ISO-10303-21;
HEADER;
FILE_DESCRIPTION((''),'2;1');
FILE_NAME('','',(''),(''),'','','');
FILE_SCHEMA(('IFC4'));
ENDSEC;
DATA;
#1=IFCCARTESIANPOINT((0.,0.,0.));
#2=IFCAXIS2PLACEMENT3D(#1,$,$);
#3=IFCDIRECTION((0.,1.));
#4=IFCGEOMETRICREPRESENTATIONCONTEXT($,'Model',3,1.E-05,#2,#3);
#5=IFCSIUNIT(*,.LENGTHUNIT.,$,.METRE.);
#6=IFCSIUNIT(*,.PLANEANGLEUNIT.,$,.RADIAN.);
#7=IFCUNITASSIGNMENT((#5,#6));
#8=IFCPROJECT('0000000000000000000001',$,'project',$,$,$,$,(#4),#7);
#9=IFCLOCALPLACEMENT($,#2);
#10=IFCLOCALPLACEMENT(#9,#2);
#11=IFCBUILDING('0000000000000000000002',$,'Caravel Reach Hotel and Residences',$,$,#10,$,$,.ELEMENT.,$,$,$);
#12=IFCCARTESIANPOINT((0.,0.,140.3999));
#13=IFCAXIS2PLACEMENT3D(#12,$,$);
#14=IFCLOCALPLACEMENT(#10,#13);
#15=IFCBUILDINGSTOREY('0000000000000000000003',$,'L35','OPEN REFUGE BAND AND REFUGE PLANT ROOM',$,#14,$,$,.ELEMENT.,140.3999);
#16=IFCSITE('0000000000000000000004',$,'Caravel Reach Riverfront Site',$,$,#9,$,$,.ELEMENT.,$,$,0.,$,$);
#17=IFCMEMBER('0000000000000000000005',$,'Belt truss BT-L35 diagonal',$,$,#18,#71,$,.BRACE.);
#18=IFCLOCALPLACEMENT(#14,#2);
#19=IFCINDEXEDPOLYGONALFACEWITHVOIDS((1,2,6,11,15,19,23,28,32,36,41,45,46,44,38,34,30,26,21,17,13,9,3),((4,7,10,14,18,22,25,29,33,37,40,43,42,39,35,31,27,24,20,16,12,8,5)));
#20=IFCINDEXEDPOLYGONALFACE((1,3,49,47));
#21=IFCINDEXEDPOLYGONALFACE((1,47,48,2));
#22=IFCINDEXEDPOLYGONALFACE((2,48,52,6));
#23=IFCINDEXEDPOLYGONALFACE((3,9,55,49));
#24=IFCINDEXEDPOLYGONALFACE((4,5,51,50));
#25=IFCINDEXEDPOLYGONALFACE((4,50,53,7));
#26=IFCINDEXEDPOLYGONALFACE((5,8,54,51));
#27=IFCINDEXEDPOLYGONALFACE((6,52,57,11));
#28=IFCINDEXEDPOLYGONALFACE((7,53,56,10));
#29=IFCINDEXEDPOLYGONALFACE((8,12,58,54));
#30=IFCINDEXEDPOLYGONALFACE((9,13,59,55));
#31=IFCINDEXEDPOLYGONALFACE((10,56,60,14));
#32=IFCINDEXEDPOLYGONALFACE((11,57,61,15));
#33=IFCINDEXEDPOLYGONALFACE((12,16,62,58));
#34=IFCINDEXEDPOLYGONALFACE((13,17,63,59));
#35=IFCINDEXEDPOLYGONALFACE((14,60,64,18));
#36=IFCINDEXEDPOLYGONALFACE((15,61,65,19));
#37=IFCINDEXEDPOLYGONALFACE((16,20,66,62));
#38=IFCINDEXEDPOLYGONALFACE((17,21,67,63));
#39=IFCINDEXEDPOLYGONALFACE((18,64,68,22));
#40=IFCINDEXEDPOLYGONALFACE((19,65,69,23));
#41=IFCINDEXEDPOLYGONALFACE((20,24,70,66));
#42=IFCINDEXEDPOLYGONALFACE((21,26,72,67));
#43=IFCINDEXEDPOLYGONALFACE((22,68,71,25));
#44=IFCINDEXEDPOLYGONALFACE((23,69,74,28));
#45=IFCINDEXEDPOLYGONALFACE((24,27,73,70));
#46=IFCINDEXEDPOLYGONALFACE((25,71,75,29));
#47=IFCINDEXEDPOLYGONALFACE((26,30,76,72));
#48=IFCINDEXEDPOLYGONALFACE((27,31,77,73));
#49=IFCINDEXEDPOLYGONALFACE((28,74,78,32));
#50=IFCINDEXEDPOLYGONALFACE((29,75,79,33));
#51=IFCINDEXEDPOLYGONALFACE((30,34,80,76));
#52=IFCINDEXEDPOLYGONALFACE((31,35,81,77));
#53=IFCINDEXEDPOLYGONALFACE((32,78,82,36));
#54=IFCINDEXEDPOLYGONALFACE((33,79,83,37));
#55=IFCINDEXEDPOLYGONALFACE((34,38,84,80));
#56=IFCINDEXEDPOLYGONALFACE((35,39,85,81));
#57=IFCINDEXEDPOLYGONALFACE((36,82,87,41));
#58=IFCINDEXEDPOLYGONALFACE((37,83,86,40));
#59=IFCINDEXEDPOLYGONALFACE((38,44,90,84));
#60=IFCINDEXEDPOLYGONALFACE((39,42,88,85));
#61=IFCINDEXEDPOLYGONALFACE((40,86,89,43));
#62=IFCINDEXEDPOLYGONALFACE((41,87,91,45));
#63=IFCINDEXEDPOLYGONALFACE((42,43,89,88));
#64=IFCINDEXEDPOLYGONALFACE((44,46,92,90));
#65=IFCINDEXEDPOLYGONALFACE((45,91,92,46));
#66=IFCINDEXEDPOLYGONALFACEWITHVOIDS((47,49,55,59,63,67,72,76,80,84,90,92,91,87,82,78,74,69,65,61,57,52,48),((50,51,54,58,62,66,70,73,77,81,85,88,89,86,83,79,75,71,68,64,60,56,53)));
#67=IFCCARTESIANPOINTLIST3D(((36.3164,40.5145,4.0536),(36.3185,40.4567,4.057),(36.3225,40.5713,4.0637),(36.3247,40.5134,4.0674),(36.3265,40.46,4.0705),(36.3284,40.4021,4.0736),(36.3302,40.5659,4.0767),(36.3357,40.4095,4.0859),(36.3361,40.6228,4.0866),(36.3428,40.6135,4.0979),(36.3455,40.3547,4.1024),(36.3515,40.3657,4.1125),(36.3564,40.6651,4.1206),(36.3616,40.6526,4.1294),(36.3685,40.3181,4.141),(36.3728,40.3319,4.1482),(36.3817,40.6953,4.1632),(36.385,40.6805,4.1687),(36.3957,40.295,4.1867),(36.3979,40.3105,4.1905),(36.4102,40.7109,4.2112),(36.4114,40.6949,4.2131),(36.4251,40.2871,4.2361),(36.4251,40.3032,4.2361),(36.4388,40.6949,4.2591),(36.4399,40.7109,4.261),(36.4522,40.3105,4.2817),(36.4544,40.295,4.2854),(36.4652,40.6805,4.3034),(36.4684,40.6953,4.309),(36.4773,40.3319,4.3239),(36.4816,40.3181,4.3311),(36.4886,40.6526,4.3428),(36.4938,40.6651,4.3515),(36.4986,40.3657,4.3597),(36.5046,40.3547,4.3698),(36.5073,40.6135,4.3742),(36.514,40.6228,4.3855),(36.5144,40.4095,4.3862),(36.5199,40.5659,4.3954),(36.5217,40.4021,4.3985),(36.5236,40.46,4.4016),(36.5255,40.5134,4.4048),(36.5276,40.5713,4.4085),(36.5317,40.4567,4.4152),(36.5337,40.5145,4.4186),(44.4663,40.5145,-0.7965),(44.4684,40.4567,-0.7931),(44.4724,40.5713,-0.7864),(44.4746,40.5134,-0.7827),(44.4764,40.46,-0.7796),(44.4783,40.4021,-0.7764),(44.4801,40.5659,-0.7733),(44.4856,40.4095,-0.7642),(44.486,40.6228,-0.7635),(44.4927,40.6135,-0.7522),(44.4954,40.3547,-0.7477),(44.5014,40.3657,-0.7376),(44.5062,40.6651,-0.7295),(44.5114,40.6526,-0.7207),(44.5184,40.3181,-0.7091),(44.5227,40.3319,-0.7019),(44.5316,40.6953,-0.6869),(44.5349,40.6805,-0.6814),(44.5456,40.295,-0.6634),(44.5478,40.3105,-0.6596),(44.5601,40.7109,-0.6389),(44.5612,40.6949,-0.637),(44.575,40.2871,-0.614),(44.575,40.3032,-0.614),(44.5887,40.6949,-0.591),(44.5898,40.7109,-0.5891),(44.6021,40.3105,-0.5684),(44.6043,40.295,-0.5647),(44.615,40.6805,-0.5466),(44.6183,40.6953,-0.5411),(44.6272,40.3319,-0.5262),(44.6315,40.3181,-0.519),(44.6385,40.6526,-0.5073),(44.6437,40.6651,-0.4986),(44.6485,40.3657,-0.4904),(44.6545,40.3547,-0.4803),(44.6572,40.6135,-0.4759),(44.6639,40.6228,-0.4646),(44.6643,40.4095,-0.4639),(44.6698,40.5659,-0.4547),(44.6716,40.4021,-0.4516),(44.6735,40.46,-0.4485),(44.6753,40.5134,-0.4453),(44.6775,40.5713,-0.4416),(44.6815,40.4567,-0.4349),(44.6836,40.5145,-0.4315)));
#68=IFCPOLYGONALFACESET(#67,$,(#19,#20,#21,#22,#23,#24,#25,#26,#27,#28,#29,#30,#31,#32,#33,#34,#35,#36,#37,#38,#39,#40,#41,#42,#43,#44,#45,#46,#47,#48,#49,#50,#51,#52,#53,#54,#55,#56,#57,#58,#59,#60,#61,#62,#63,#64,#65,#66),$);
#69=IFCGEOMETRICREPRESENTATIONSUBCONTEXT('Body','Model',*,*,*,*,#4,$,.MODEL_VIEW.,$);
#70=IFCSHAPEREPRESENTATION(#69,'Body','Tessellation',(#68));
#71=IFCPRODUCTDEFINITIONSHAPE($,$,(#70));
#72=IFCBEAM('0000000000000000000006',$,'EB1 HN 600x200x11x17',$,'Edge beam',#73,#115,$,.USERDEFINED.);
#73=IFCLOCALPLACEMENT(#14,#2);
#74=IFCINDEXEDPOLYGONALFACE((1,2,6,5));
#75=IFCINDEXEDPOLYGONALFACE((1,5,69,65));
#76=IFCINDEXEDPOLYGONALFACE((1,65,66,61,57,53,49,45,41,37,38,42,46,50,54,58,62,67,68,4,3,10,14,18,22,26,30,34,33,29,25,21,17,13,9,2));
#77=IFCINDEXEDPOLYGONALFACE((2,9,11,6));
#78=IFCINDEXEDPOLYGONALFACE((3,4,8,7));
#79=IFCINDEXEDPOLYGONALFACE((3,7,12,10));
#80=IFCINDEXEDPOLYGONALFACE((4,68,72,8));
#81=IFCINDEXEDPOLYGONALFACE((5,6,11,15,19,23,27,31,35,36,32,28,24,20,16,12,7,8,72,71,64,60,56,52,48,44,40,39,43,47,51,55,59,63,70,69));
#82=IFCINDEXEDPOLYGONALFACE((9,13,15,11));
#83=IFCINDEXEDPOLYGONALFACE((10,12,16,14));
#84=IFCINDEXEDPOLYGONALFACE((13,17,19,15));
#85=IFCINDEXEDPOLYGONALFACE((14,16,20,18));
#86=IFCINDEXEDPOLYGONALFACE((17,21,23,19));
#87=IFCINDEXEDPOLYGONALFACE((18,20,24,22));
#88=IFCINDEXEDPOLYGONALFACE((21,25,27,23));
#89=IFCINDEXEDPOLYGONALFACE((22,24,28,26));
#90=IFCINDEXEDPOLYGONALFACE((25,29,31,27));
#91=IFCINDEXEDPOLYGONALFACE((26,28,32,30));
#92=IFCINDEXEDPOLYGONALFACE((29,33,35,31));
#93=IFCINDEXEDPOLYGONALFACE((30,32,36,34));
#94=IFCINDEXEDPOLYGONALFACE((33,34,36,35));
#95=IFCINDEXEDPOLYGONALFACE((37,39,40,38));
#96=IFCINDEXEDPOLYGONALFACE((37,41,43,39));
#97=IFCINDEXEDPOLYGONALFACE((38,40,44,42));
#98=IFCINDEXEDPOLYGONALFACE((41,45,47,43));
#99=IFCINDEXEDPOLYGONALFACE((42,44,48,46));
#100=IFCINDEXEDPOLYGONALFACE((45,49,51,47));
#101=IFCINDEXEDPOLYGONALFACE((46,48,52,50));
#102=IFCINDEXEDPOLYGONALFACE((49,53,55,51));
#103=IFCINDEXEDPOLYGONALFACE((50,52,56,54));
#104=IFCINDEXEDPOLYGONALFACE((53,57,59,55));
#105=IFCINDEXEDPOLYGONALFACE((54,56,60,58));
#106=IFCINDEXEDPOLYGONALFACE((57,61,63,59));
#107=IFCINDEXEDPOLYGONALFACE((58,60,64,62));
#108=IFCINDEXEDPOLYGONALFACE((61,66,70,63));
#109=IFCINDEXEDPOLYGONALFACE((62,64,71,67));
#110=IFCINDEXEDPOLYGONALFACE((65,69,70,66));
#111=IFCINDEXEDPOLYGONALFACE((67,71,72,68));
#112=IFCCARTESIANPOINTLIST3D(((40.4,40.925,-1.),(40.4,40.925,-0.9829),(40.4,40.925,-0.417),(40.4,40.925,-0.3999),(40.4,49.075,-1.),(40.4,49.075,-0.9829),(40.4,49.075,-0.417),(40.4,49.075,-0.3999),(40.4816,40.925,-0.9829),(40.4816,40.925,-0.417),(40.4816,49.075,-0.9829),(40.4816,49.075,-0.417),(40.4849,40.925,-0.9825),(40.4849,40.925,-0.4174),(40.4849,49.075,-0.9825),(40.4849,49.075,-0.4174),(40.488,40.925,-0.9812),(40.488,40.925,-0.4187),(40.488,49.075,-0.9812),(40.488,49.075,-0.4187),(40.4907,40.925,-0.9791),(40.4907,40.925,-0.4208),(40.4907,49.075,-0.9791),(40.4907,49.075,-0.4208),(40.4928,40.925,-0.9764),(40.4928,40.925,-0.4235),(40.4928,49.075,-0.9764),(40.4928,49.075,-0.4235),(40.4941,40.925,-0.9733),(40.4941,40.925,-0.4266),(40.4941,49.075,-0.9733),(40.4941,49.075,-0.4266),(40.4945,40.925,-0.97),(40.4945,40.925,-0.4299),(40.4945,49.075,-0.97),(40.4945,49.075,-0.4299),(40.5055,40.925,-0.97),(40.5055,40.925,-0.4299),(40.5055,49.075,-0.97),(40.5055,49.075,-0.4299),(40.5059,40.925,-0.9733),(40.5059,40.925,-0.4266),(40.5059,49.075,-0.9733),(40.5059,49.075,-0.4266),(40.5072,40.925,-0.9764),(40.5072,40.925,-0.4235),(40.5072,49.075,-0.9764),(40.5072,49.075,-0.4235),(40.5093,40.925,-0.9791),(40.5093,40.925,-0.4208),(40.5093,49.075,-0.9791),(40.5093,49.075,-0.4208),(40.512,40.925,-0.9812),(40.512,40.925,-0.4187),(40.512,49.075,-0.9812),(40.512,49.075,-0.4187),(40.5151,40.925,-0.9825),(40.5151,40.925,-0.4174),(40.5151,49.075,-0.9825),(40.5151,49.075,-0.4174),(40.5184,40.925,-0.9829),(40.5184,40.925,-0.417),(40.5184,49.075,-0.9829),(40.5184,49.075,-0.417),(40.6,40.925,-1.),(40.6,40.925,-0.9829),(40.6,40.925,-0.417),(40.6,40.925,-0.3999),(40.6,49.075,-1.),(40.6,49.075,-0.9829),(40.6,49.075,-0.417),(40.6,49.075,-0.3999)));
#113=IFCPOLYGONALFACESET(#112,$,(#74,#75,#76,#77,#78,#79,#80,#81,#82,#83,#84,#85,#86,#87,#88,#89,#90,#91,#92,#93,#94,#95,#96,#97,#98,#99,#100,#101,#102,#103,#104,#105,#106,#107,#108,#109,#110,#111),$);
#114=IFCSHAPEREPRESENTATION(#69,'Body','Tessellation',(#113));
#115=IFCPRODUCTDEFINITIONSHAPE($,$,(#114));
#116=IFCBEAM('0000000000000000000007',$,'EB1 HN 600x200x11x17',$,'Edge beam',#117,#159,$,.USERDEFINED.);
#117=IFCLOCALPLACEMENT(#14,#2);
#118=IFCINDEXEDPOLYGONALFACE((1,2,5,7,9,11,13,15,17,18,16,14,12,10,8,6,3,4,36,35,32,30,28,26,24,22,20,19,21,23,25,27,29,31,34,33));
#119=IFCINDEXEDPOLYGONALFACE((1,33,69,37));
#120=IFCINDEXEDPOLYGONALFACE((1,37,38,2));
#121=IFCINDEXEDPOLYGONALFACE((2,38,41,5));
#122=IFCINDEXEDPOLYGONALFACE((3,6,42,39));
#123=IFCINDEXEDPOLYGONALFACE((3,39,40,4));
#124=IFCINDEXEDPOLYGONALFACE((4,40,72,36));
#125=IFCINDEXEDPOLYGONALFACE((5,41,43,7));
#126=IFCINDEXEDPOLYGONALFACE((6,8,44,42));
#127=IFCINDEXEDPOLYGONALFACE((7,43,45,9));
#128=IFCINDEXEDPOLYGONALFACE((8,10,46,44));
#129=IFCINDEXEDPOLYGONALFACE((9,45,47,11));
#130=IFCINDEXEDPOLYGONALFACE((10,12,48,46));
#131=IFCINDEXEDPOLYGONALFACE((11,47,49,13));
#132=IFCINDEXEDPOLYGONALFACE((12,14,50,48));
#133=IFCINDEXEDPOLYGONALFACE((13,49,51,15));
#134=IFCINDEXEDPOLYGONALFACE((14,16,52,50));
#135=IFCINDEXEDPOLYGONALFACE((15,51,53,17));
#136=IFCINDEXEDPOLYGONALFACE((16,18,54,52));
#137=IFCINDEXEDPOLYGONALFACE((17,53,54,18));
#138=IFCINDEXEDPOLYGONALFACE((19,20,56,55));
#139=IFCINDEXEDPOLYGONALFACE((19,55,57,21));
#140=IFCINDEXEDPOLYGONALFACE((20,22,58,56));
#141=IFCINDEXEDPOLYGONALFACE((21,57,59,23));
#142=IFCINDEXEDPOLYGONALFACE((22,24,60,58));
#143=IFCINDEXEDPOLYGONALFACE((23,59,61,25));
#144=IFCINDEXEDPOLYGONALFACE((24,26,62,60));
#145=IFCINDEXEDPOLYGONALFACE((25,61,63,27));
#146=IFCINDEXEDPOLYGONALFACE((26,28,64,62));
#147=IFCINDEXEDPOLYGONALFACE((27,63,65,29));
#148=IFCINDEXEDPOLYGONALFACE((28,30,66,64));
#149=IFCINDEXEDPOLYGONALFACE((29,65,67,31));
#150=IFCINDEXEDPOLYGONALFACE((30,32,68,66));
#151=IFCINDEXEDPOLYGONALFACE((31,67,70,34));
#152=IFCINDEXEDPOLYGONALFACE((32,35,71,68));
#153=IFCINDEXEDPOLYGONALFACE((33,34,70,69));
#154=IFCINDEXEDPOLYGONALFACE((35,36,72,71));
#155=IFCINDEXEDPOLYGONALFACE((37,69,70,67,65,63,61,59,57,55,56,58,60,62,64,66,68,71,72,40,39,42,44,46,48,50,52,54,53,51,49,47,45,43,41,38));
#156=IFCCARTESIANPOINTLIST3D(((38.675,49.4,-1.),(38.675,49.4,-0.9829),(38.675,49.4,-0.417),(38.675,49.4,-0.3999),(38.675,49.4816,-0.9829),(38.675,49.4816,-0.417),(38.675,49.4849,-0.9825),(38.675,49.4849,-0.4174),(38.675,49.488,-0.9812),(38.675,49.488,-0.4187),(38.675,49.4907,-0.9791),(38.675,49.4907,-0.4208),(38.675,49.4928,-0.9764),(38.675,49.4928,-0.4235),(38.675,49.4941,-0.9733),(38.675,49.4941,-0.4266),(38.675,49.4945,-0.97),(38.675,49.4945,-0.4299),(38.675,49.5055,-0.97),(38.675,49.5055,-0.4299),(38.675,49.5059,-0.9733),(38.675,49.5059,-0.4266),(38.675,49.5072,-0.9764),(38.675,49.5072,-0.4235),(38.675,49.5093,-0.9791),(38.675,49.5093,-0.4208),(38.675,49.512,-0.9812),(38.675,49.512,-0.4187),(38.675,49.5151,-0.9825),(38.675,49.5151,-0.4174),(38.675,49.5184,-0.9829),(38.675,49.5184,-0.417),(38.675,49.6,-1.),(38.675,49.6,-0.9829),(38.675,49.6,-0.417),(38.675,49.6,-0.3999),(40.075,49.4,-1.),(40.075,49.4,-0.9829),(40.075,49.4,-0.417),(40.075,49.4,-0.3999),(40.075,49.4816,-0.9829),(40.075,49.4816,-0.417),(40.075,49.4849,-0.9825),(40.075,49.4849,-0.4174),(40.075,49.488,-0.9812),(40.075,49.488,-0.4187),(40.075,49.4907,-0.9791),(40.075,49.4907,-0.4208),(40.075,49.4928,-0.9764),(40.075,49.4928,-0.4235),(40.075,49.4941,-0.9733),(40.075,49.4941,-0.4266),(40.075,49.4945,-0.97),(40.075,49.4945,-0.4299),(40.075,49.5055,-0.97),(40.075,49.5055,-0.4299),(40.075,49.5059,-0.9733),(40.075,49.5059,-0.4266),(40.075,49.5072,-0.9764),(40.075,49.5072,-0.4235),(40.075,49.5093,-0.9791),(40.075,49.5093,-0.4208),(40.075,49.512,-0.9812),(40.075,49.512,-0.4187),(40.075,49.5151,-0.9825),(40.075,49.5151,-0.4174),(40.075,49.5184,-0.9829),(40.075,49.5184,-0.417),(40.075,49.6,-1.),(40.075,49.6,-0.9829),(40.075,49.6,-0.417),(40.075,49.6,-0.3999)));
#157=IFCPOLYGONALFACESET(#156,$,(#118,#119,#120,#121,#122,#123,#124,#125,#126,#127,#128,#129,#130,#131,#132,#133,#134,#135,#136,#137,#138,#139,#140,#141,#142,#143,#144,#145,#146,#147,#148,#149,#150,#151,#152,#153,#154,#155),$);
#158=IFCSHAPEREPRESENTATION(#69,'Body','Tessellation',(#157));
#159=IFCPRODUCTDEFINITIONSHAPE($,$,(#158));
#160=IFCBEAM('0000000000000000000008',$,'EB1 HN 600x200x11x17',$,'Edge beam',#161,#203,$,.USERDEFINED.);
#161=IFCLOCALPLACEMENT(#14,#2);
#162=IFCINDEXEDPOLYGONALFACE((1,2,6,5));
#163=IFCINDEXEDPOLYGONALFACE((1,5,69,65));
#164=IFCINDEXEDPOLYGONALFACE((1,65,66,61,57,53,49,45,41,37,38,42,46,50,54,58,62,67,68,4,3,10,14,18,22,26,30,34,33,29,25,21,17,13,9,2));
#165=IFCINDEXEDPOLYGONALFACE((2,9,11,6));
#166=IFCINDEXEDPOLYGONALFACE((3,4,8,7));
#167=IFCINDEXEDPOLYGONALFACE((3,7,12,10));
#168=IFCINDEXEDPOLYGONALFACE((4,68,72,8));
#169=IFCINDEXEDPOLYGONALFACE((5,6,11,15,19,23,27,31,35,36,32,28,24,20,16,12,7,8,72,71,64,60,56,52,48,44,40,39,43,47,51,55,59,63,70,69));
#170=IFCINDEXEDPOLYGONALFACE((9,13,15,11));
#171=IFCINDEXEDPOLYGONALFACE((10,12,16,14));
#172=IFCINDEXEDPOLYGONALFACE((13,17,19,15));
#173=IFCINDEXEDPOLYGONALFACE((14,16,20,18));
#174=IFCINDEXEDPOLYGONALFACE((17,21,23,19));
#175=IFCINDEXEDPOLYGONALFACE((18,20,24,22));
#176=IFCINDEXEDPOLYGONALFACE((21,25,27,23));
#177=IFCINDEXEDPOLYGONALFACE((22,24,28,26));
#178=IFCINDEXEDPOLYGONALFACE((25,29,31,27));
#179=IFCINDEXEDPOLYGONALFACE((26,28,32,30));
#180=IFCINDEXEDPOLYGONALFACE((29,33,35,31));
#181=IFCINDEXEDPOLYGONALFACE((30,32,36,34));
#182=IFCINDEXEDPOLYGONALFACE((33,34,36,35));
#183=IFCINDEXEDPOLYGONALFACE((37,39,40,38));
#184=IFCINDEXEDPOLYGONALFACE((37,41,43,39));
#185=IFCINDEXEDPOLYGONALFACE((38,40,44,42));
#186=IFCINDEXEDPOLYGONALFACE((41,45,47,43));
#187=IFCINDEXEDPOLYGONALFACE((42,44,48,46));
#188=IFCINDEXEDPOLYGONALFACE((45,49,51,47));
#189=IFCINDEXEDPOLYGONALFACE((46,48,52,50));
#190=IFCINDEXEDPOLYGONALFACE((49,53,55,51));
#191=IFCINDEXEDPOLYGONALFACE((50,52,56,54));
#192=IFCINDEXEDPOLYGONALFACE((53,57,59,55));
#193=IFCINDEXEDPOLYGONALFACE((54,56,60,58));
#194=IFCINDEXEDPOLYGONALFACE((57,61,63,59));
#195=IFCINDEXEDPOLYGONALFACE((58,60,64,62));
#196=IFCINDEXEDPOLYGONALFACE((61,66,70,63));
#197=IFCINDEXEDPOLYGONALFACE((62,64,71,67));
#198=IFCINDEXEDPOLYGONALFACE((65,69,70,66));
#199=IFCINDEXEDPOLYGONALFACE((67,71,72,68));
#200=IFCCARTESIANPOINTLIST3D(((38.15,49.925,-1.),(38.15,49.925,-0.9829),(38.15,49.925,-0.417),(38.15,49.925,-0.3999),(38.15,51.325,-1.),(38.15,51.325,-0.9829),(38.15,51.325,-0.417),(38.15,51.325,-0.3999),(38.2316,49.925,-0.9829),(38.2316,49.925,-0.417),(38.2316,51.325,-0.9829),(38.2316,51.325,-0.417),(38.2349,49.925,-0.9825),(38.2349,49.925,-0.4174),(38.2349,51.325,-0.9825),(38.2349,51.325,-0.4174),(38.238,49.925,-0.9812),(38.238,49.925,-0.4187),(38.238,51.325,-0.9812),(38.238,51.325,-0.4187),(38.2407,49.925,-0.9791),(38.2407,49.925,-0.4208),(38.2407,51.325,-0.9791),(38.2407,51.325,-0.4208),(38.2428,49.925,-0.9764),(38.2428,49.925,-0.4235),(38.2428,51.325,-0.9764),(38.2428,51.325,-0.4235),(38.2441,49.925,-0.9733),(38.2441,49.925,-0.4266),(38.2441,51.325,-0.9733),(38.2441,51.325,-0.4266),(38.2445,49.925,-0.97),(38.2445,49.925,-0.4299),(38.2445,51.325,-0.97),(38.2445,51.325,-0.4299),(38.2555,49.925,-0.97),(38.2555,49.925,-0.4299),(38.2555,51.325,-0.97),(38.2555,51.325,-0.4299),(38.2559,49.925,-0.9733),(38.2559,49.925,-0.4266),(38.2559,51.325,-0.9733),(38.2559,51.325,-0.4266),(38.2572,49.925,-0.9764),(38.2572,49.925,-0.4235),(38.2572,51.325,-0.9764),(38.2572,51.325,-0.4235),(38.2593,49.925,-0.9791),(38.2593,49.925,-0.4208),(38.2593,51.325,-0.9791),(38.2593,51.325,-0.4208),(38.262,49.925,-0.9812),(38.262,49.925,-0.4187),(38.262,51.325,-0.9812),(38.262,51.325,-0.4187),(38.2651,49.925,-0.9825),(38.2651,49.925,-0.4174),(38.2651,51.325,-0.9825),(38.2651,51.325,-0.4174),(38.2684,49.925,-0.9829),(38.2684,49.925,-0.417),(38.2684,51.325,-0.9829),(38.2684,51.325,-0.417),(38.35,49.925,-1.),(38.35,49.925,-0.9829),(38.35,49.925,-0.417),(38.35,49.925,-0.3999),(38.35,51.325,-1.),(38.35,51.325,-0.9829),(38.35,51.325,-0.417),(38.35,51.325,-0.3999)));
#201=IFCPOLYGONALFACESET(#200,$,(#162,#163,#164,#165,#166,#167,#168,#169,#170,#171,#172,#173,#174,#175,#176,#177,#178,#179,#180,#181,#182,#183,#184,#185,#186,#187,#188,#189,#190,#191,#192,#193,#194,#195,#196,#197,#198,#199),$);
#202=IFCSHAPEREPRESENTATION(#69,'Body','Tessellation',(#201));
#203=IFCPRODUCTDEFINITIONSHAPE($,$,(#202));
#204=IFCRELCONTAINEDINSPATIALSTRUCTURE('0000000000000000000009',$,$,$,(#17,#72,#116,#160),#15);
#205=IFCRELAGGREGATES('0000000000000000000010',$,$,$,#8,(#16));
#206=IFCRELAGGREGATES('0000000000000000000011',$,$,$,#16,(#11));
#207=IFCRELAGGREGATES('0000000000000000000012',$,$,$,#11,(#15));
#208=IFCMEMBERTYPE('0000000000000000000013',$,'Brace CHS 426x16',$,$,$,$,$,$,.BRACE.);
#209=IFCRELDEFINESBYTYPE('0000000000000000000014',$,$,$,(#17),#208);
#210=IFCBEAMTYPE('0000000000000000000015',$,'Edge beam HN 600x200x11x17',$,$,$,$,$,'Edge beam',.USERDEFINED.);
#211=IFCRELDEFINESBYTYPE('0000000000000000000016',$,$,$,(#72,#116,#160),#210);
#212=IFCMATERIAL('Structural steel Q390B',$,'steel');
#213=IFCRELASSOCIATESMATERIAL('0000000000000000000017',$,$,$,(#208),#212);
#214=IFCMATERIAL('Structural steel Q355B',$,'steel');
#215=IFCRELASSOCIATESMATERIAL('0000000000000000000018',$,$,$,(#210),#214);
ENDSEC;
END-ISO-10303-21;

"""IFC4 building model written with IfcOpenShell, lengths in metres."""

from ifc_helpers import new_model, si_unit, direction, frame, origin, origin_2d, place, context, subcontext, project, spatial, hollow_circle, i_section, extrude, material, material_profile, profile_set, type_object, element, save


model = new_model("IFC4")

# Units and contexts
model_context = context("Model", 3, precision=1e-05, world=origin(), true_north=direction((0.0, 1.0)))
body_context = subcontext(model_context, "Body", "Model", "MODEL_VIEW")
ifc_project = project(units=[si_unit("LENGTHUNIT", "METRE"), si_unit("PLANEANGLEUNIT", "RADIAN")], contexts=[model_context])

# Site, building, storey
site_placement = place(None, origin())
site = spatial("IfcSite", under=ifc_project, at=site_placement, Name="Caravel Reach Riverfront Site", CompositionType="ELEMENT", RefElevation=0.0)
building_placement = place(site_placement, origin())
building = spatial("IfcBuilding", under=site, at=building_placement, Name="Caravel Reach Hotel and Residences", CompositionType="ELEMENT")
storey_placement = place(building_placement, frame((0.0, 0.0, 140.3999)))
storey = spatial("IfcBuildingStorey", under=building, at=storey_placement, Name="L35", Description="OPEN REFUGE BAND AND REFUGE PLANT ROOM", CompositionType="ELEMENT", Elevation=140.3999)

# Member
ifc_material_1 = material(Name="Structural steel Q390B", Category="steel")
ifc_material_profile_1 = material_profile(ifc_material_1, hollow_circle(Radius=0.2129, WallThickness=0.0161, at=origin_2d()), Name="CHS 426x16")
ifc_profile_set_1 = profile_set([ifc_material_profile_1], Name="Structural steel Q390B")
member_type = type_object("IfcMemberType", Name="Brace CHS 426x16", PredefinedType="BRACE", material=ifc_profile_set_1)
member_placement = place(storey_placement, frame((44.575, 40.5, -0.614), z_axis=(-0.859341, 0.0, 0.511403), x_axis=(0.0, -1.0, 0.0)))
element("IfcMember", 1, at=member_placement, inside=storey, type_object=member_type, Name="Belt truss BT-L35 diagonal", PredefinedType="BRACE", context=body_context, shape_type="SweptSolid", body=[
    extrude(hollow_circle(Radius=0.2129, WallThickness=0.0161, at=origin_2d()), origin(), (0.0, 0.0, 1.0), 9.4839),
])

# Beams
ifc_material_2 = material(Name="Structural steel Q355B", Category="steel")
ifc_material_profile_2 = material_profile(ifc_material_2, i_section(OverallWidth=0.2, OverallDepth=0.6001, WebThickness=0.011, FlangeThickness=0.0171, FilletRadius=0.0129, at=origin_2d()), Name="HN 600x200x11x17")
ifc_profile_set_2 = profile_set([ifc_material_profile_2], Name="Structural steel Q355B")
beam_type_1 = type_object("IfcBeamType", Name="Edge beam HN 600x200x11x17", ElementType="Edge beam", PredefinedType="USERDEFINED", material=ifc_profile_set_2)
beam_1_placement = place(storey_placement, frame((40.5, 40.925, -0.7), z_axis=(0.0, 1.0, 0.0), x_axis=(-1.0, 0.0, 0.0)))
element("IfcBeam", 2, at=beam_1_placement, inside=storey, type_object=beam_type_1, Name="EB1 HN 600x200x11x17", ObjectType="Edge beam", PredefinedType="USERDEFINED", context=body_context, shape_type="SweptSolid", body=[
    extrude(i_section(OverallWidth=0.2, OverallDepth=0.6001, WebThickness=0.011, FlangeThickness=0.0171, FilletRadius=0.0129, at=origin_2d()), origin(), (0.0, 0.0, 1.0), 8.1499),
])
for number, where, z_axis, x_axis, name in (
    (3, (40.075, 49.5, -0.7), (-1.0, 0.0, 0.0), (0.0, -1.0, 0.0), "EB1 HN 600x200x11x17"),
    (4, (38.25, 49.925, -0.7), (0.0, 1.0, 0.0), (-1.0, 0.0, 0.0), "EB1 HN 600x200x11x17"),
):
    element("IfcBeam", number, at=place(storey_placement, frame(where, z_axis=z_axis, x_axis=x_axis)), inside=storey, type_object=beam_type_1, Name=name, ObjectType="Edge beam", PredefinedType="USERDEFINED", context=body_context, shape_type="SweptSolid", body=[
        extrude(i_section(OverallWidth=0.2, OverallDepth=0.6001, WebThickness=0.011, FlangeThickness=0.0171, FilletRadius=0.0129, at=origin_2d()), origin(), (0.0, 0.0, 1.0), 1.3999),
    ])

save(model, "model.ifc")
